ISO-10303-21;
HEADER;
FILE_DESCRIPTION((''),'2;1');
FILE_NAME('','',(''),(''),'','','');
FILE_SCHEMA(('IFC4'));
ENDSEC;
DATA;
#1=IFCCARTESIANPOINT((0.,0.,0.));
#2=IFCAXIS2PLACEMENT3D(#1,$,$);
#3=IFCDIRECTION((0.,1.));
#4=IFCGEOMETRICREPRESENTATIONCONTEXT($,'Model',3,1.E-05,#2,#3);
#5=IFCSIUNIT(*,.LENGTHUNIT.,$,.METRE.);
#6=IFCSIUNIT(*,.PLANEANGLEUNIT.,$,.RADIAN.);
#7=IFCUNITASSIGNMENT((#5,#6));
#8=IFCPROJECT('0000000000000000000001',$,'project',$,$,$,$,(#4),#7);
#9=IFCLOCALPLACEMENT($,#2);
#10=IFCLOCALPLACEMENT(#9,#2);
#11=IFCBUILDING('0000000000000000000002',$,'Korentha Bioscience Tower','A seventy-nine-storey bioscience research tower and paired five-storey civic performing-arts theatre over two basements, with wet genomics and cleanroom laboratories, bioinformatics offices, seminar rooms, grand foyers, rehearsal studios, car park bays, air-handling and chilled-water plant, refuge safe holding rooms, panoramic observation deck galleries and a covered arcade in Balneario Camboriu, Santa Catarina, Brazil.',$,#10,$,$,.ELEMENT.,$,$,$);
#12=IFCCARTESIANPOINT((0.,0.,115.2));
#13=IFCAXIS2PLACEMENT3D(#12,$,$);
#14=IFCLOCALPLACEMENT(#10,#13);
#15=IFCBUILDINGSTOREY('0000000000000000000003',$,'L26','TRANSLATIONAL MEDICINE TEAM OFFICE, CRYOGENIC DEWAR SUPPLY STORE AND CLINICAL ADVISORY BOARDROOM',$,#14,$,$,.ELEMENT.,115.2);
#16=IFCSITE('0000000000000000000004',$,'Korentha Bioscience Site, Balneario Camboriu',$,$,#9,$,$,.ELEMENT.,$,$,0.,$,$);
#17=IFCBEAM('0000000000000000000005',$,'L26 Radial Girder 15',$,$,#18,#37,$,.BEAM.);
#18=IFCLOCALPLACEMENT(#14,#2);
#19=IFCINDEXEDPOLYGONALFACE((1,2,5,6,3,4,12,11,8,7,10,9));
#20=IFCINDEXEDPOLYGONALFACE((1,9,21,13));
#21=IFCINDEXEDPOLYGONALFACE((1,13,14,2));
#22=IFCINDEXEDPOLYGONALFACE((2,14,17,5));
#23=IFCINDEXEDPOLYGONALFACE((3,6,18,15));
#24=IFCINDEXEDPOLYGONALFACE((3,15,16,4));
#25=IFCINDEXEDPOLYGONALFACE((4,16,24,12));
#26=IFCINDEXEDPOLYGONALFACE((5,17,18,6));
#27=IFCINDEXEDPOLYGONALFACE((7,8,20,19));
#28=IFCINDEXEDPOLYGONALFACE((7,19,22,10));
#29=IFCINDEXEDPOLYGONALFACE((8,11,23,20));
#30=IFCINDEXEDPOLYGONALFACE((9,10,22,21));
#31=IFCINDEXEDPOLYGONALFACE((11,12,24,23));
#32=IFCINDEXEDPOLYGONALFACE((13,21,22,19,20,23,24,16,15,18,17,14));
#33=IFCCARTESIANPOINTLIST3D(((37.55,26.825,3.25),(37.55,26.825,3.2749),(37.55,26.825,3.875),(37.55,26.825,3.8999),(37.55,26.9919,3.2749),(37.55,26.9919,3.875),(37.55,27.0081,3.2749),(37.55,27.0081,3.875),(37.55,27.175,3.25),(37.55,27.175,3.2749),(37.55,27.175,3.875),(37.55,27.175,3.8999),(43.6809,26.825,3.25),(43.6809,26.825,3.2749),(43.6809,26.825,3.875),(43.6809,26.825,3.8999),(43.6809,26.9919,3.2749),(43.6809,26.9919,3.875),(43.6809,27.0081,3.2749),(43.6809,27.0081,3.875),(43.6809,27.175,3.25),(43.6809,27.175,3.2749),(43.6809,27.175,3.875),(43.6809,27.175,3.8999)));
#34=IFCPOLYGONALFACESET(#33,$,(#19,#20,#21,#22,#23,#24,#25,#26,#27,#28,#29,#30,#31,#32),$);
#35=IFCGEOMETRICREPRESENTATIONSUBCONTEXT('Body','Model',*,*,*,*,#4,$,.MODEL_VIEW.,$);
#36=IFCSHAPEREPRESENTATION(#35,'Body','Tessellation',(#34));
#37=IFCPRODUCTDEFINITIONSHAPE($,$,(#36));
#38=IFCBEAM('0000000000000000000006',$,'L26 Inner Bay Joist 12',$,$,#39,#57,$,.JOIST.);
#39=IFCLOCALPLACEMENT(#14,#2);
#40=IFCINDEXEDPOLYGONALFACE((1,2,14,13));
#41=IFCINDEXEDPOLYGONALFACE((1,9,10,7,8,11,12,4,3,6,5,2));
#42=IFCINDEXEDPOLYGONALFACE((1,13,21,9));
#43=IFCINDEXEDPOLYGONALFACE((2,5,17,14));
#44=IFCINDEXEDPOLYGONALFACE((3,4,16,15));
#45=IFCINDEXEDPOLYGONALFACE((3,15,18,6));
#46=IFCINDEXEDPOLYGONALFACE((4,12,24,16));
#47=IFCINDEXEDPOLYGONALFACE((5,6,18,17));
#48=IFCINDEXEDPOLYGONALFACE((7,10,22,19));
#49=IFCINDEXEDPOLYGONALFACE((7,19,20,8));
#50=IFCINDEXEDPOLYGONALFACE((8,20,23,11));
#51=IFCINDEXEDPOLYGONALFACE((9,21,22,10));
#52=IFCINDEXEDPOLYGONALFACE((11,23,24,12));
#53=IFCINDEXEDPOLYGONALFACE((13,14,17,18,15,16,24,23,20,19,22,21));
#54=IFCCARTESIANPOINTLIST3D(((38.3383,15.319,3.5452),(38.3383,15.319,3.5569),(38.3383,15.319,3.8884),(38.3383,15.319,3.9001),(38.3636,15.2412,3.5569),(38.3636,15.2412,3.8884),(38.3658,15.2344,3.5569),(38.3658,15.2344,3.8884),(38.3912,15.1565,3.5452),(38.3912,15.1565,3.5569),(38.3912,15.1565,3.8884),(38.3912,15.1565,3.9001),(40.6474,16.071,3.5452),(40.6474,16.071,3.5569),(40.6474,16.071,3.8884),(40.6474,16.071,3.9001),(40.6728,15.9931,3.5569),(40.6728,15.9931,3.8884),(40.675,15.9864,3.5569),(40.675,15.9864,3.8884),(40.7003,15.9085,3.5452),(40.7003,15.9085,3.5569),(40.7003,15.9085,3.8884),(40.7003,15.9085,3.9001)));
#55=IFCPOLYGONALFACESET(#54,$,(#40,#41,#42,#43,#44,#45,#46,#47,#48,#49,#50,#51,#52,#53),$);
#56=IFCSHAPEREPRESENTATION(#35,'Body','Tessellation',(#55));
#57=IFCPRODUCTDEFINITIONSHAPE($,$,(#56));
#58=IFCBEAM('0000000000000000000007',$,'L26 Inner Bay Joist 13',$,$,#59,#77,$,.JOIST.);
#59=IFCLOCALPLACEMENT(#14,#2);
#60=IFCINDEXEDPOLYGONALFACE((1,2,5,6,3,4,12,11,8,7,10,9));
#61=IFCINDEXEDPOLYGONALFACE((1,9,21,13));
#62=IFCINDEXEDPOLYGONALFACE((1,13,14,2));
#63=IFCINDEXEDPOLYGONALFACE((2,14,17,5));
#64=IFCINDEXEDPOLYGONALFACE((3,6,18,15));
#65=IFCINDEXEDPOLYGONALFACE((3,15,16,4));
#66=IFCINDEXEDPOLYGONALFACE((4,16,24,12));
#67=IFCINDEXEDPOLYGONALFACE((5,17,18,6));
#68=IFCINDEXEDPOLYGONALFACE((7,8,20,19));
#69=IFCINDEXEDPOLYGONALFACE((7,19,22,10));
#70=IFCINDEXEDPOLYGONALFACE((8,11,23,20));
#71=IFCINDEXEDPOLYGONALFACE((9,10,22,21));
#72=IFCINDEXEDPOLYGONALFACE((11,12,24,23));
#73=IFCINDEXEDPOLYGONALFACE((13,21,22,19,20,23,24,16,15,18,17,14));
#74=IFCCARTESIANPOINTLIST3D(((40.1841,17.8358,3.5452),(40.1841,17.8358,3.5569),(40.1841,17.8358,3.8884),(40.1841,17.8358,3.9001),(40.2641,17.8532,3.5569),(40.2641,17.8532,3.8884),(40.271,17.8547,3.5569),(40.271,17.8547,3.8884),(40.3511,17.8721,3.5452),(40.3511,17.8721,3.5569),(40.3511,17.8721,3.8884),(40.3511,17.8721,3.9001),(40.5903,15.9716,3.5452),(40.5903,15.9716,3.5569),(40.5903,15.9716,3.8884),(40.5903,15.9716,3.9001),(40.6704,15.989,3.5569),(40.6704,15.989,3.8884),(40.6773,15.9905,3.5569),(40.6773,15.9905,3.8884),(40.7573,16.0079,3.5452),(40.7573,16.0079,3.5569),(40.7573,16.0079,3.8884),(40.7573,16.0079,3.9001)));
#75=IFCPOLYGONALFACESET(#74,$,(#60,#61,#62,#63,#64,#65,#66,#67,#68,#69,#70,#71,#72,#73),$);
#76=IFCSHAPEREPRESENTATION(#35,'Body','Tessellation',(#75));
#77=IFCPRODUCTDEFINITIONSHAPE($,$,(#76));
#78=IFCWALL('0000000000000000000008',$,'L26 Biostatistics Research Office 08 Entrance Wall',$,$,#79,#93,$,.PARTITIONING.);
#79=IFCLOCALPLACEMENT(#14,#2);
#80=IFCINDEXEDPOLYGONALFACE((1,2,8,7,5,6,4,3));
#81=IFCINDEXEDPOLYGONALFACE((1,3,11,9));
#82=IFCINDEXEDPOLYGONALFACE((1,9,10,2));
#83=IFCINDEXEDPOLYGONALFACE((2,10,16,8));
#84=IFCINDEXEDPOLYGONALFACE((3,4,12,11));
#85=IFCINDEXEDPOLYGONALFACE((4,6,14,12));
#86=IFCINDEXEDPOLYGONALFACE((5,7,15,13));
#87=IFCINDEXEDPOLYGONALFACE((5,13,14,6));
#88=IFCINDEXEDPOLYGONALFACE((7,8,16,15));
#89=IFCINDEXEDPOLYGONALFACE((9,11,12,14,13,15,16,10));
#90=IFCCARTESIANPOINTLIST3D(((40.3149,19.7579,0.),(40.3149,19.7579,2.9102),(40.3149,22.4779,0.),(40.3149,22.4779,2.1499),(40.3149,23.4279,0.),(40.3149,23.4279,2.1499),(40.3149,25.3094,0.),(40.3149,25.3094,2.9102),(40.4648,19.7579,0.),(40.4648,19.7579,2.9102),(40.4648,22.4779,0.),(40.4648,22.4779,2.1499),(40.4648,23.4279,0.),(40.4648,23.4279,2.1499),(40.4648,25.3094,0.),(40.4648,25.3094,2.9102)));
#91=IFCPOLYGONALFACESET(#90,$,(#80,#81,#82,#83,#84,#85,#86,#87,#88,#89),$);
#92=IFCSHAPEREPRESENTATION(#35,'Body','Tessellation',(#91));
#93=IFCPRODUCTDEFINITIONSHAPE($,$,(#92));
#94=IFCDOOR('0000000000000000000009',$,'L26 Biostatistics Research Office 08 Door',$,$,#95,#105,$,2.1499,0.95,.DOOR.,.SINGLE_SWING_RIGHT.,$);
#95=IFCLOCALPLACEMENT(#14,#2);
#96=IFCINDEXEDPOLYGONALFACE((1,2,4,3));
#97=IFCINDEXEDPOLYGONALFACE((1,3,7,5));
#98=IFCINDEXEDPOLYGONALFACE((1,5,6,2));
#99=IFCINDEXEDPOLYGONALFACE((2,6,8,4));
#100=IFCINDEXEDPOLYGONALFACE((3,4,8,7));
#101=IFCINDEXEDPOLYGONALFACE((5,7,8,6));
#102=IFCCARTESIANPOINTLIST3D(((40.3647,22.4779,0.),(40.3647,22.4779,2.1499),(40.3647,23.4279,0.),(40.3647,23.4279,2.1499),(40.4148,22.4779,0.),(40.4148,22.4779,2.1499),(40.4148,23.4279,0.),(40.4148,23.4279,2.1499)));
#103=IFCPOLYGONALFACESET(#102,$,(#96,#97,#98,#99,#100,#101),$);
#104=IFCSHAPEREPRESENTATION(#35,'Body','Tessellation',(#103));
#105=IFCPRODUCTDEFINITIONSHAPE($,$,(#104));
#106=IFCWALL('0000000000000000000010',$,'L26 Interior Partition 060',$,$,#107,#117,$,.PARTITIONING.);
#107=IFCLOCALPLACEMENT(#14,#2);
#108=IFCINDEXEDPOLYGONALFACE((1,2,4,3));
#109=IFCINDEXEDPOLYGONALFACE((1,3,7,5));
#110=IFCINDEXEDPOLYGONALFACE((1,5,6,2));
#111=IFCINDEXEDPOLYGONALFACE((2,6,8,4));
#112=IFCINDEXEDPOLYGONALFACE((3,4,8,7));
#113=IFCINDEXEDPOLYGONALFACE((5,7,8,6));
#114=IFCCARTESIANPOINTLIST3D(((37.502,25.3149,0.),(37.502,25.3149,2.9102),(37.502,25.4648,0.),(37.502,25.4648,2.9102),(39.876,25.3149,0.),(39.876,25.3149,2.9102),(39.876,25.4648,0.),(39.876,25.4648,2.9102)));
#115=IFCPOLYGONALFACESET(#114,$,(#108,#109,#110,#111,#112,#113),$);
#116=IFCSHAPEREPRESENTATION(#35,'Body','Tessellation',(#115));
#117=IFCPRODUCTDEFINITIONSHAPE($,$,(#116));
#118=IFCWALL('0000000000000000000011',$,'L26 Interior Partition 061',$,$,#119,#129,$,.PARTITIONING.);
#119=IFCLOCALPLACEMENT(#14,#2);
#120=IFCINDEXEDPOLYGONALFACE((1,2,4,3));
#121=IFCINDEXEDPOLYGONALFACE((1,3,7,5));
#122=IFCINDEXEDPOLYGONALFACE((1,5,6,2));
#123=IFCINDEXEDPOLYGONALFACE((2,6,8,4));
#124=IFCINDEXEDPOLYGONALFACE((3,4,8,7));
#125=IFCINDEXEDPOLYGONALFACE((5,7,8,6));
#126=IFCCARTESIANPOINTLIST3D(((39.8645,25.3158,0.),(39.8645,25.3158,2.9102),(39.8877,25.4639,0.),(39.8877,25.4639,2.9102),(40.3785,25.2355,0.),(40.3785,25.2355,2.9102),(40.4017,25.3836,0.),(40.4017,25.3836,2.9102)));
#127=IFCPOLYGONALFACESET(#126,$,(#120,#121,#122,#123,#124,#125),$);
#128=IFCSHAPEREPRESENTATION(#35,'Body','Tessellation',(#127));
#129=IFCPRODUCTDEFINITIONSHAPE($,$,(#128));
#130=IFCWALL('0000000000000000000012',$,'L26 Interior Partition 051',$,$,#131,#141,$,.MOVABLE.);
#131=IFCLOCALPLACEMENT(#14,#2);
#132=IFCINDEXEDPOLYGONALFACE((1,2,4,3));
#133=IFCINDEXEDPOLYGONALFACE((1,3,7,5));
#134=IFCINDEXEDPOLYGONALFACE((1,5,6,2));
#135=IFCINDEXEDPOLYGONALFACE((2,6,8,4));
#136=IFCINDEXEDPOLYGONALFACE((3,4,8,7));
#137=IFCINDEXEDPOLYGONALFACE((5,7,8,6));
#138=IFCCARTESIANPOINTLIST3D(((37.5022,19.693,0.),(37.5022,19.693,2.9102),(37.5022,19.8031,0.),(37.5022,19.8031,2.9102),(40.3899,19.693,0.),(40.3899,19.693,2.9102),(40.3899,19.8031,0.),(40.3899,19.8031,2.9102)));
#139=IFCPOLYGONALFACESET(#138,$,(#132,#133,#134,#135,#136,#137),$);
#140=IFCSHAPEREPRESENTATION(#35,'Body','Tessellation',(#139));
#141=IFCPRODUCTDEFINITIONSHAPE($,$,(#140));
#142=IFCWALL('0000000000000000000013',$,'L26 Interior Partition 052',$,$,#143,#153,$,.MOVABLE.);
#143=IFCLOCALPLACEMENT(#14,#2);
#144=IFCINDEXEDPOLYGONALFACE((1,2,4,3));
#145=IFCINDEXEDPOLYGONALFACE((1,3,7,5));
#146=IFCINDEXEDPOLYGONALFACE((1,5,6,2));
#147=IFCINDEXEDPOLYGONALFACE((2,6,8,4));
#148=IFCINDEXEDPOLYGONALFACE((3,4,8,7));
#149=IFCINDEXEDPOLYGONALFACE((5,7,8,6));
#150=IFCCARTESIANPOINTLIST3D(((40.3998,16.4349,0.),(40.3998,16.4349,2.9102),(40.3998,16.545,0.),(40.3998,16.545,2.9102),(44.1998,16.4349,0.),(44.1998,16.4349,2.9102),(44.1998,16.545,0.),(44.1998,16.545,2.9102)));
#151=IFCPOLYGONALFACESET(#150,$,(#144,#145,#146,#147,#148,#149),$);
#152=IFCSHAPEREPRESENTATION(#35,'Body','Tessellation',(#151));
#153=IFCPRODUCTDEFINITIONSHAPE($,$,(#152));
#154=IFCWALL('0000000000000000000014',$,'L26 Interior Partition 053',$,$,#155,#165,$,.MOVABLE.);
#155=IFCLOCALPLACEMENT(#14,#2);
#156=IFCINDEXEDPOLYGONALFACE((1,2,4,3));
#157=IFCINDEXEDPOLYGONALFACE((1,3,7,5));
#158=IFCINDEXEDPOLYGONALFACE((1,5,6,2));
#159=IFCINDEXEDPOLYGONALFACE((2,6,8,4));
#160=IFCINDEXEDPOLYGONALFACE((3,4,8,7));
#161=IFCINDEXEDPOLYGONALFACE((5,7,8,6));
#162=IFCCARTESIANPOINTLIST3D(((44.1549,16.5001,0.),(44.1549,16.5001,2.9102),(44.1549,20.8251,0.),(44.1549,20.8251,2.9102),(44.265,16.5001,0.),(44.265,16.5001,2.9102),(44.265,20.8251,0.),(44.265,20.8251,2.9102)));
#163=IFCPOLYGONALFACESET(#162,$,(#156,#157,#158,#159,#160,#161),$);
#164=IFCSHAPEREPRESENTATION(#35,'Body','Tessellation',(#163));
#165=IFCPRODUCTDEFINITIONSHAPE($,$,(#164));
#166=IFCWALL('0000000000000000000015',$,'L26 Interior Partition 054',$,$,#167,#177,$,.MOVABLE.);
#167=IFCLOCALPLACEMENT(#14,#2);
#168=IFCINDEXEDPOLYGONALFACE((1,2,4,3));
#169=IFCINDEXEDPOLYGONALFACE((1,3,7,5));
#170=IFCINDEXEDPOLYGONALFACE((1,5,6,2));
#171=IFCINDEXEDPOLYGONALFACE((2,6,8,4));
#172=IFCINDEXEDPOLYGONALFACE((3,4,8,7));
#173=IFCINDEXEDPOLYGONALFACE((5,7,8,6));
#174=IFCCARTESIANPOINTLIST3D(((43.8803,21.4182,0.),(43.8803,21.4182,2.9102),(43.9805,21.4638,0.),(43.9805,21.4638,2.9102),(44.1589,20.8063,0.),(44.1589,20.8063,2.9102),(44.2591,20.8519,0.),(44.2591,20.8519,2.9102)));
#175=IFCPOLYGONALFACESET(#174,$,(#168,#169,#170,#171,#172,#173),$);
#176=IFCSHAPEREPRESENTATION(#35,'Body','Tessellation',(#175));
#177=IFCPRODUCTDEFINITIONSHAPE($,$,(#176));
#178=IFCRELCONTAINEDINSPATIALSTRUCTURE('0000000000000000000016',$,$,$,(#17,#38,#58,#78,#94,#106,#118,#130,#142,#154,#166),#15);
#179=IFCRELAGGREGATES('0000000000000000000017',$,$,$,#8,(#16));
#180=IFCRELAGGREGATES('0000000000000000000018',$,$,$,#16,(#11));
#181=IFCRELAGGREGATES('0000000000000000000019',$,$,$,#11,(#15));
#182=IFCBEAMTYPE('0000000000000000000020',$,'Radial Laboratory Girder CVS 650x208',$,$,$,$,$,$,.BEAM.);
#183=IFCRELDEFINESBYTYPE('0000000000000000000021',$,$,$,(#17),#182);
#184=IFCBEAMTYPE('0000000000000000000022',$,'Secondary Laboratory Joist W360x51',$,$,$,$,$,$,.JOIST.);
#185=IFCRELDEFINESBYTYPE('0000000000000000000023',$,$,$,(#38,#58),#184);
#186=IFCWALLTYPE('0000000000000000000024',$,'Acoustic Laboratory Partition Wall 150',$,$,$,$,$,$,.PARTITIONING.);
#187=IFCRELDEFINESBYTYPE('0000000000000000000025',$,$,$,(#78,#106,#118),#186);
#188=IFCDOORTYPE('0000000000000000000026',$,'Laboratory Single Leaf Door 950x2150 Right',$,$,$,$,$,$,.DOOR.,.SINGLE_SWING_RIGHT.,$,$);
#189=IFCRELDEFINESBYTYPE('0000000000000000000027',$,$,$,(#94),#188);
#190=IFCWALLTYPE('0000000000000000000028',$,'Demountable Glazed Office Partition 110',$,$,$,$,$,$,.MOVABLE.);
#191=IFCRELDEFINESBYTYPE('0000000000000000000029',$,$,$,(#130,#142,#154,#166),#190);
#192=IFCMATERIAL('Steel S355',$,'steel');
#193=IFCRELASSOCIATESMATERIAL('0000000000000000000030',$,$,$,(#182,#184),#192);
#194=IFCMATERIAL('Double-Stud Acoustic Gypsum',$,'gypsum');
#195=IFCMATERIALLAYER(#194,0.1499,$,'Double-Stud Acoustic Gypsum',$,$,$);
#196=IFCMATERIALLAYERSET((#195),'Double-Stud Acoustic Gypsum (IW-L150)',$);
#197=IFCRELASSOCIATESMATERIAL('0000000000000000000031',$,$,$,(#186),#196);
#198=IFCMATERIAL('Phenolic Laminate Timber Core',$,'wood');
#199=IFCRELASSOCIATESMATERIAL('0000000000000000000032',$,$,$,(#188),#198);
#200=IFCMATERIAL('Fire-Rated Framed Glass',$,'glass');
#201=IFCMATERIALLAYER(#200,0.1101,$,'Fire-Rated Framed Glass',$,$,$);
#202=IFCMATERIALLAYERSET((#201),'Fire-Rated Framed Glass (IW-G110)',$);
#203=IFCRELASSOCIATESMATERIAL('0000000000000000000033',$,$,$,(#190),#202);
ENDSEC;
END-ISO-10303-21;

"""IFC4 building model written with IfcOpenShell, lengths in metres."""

from ifc_helpers import new_model, si_unit, direction, frame, frame_2d, origin, origin_2d, place, context, subcontext, project, spatial, rectangle, i_section, extrude, material, layer, layer_set, material_profile, profile_set, type_object, element, fill, save


model = new_model("IFC4")

# Units and contexts
model_context = context("Model", 3, precision=1e-05, world=origin(), true_north=direction((0.0, 1.0)))
body_context = subcontext(model_context, "Body", "Model", "MODEL_VIEW")
ifc_project = project(units=[si_unit("LENGTHUNIT", "METRE"), si_unit("PLANEANGLEUNIT", "RADIAN")], contexts=[model_context])

# Site, building, storey
site_placement = place(None, origin())
site = spatial("IfcSite", under=ifc_project, at=site_placement, Name="Korentha Bioscience Site, Balneario Camboriu", CompositionType="ELEMENT", RefElevation=0.0)
building_placement = place(site_placement, origin())
building = spatial("IfcBuilding", under=site, at=building_placement, Name="Korentha Bioscience Tower", Description="A seventy-nine-storey bioscience research tower and paired five-storey civic performing-arts theatre over two basements, with wet genomics and cleanroom laboratories, bioinformatics offices, seminar rooms, grand foyers, rehearsal studios, car park bays, air-handling and chilled-water plant, refuge safe holding rooms, panoramic observation deck galleries and a covered arcade in Balneario Camboriu, Santa Catarina, Brazil.", CompositionType="ELEMENT")
storey_placement = place(building_placement, frame((0.0, 0.0, 115.2)))
storey = spatial("IfcBuildingStorey", under=building, at=storey_placement, Name="L26", Description="TRANSLATIONAL MEDICINE TEAM OFFICE, CRYOGENIC DEWAR SUPPLY STORE AND CLINICAL ADVISORY BOARDROOM", CompositionType="ELEMENT", Elevation=115.2)

# Beams
ifc_material_1 = material(Name="Steel S355", Category="steel")
ifc_material_profile_1 = material_profile(ifc_material_1, i_section(OverallWidth=0.3501, OverallDepth=0.6499, WebThickness=0.0161, FlangeThickness=0.0249, at=origin_2d()), Name="Steel S355")
ifc_profile_set_1 = profile_set([ifc_material_profile_1], Name="Steel S355 (RB-650)")
beam_type_1 = type_object("IfcBeamType", Name="Radial Laboratory Girder CVS 650x208", PredefinedType="BEAM", material=ifc_profile_set_1)
beam_1_placement = place(storey_placement, frame((37.55, 27.0, 3.575), z_axis=(1.0, 0.0, 0.0), x_axis=(0.0, 1.0, 0.0)))
element("IfcBeam", 1, at=beam_1_placement, inside=storey, type_object=beam_type_1, Name="L26 Radial Girder 15", PredefinedType="BEAM", context=body_context, shape_type="SweptSolid", body=[
    extrude(i_section(OverallWidth=0.3501, OverallDepth=0.6499, WebThickness=0.0161, FlangeThickness=0.0249, at=origin_2d()), origin(), (0.0, 0.0, 1.0), 6.1309),
])
ifc_material_profile_2 = material_profile(ifc_material_1, i_section(OverallWidth=0.1709, OverallDepth=0.355, WebThickness=0.0071, FlangeThickness=0.0117, at=origin_2d()), Name="Steel S355")
ifc_profile_set_2 = profile_set([ifc_material_profile_2], Name="Steel S355 (JB-360)")
beam_type_2 = type_object("IfcBeamType", Name="Secondary Laboratory Joist W360x51", PredefinedType="JOIST", material=ifc_profile_set_2)
beam_2_placement = place(storey_placement, frame((38.3647, 15.2378, 3.7227), z_axis=(0.950852, 0.309645, 0.0), x_axis=(-0.309645, 0.950852, 0.0)))
element("IfcBeam", 2, at=beam_2_placement, inside=storey, type_object=beam_type_2, Name="L26 Inner Bay Joist 12", PredefinedType="JOIST", context=body_context, shape_type="SweptSolid", body=[
    extrude(i_section(OverallWidth=0.1709, OverallDepth=0.355, WebThickness=0.0071, FlangeThickness=0.0117, at=origin_2d()), origin(), (0.0, 0.0, 1.0), 2.4285),
])
beam_3_placement = place(storey_placement, frame((40.6738, 15.9897, 3.7227), z_axis=(-0.212918, 0.97707, 0.0), x_axis=(-0.97707, -0.212918, 0.0)))
element("IfcBeam", 3, at=beam_3_placement, inside=storey, type_object=beam_type_2, Name="L26 Inner Bay Joist 13", PredefinedType="JOIST", context=body_context, shape_type="SweptSolid", body=[
    extrude(i_section(OverallWidth=0.1709, OverallDepth=0.355, WebThickness=0.0071, FlangeThickness=0.0117, at=origin_2d()), origin(), (0.0, 0.0, 1.0), 1.908),
])

# Wall, opening, door
ifc_material_2 = material(Name="Double-Stud Acoustic Gypsum", Category="gypsum")
ifc_layer_1 = layer(ifc_material_2, 0.1499, Name="Double-Stud Acoustic Gypsum")
ifc_layer_set_1 = layer_set([ifc_layer_1], Name="Double-Stud Acoustic Gypsum (IW-L150)")
wall_type_1 = type_object("IfcWallType", Name="Acoustic Laboratory Partition Wall 150", PredefinedType="PARTITIONING", material=ifc_layer_set_1)
wall_1_placement = place(storey_placement, frame((40.3899, 25.3096, 0.0), z_axis=(0.0, 0.0, 1.0), x_axis=(0.0, -1.0, 0.0)))
wall_1 = element("IfcWall", 4, at=wall_1_placement, inside=storey, type_object=wall_type_1, Name="L26 Biostatistics Research Office 08 Entrance Wall", PredefinedType="PARTITIONING", context=body_context, shape_type="SweptSolid", body=[
    extrude(rectangle(XDim=5.5515, YDim=0.1499, at=frame_2d((2.7759, 0.0))), origin(), (0.0, 0.0, 1.0), 2.9102),
])
opening_1_placement = place(wall_1_placement, frame((1.8816, 0.0, 0.0)))
opening_1 = element("IfcOpeningElement", 5, at=opening_1_placement, cuts=wall_1, PredefinedType="OPENING", context=body_context, shape_type="SweptSolid", body=[
    extrude(rectangle(XDim=0.95, YDim=2.1499, at=frame_2d((0.4751, 1.075))), frame((0.0, 0.0898, 0.0), z_axis=(0.0, -1.0, 0.0), x_axis=(1.0, 0.0, 0.0)), (0.0, 0.0, 1.0), 0.1797),
])
ifc_material_3 = material(Name="Phenolic Laminate Timber Core", Category="wood")
door_type_1 = type_object("IfcDoorType", Name="Laboratory Single Leaf Door 950x2150 Right", OperationType="SINGLE_SWING_RIGHT", PredefinedType="DOOR", material=ifc_material_3)
door_1_placement = place(opening_1_placement, origin())
door_1 = element("IfcDoor", 6, at=door_1_placement, inside=storey, type_object=door_type_1, Name="L26 Biostatistics Research Office 08 Door", OperationType="SINGLE_SWING_RIGHT", OverallHeight=2.1499, OverallWidth=0.95, PredefinedType="DOOR", context=body_context, shape_type="SweptSolid", body=[
    extrude(rectangle(XDim=0.95, YDim=2.1499, at=frame_2d((0.4751, 1.075))), frame((0.0, 0.0249, 0.0), z_axis=(0.0, -1.0, 0.0), x_axis=(1.0, 0.0, 0.0)), (0.0, 0.0, 1.0), 0.05),
])
fill(opening_1, door_1)

# Walls
wall_2_placement = place(storey_placement, frame((37.502, 25.3899, 0.0), z_axis=(0.0, 0.0, 1.0), x_axis=(1.0, 0.0, 0.0)))
element("IfcWall", 7, at=wall_2_placement, inside=storey, type_object=wall_type_1, Name="L26 Interior Partition 060", PredefinedType="PARTITIONING", context=body_context, shape_type="SweptSolid", body=[
    extrude(rectangle(XDim=2.374, YDim=0.1499, at=frame_2d((1.187, 0.0))), origin(), (0.0, 0.0, 1.0), 2.9102),
])
wall_3_placement = place(storey_placement, frame((39.876, 25.3899, 0.0), z_axis=(0.0, 0.0, 1.0), x_axis=(0.988005, -0.15442, 0.0)))
element("IfcWall", 8, at=wall_3_placement, inside=storey, type_object=wall_type_1, Name="L26 Interior Partition 061", PredefinedType="PARTITIONING", context=body_context, shape_type="SweptSolid", body=[
    extrude(rectangle(XDim=0.5203, YDim=0.1499, at=frame_2d((0.2603, 0.0))), origin(), (0.0, 0.0, 1.0), 2.9102),
])

# Shared definitions
ifc_material_4 = material(Name="Fire-Rated Framed Glass", Category="glass")
ifc_layer_2 = layer(ifc_material_4, 0.1101, Name="Fire-Rated Framed Glass")
ifc_layer_set_2 = layer_set([ifc_layer_2], Name="Fire-Rated Framed Glass (IW-G110)")
wall_type_2 = type_object("IfcWallType", Name="Demountable Glazed Office Partition 110", PredefinedType="MOVABLE", material=ifc_layer_set_2)

# Walls
wall_4_placement = place(storey_placement, frame((37.5022, 19.748, 0.0), z_axis=(0.0, 0.0, 1.0), x_axis=(1.0, 0.0, 0.0)))
element("IfcWall", 9, at=wall_4_placement, inside=storey, type_object=wall_type_2, Name="L26 Interior Partition 051", PredefinedType="MOVABLE", context=body_context, shape_type="SweptSolid", body=[
    extrude(rectangle(XDim=2.8877, YDim=0.1101, at=frame_2d((1.4438, 0.0))), origin(), (0.0, 0.0, 1.0), 2.9102),
])
wall_5_placement = place(storey_placement, frame((40.3999, 16.49, 0.0), z_axis=(0.0, 0.0, 1.0), x_axis=(1.0, 0.0, 0.0)))
element("IfcWall", 10, at=wall_5_placement, inside=storey, type_object=wall_type_2, Name="L26 Interior Partition 052", PredefinedType="MOVABLE", context=body_context, shape_type="SweptSolid", body=[
    extrude(rectangle(XDim=3.8, YDim=0.1101, at=frame_2d((1.8999, 0.0))), origin(), (0.0, 0.0, 1.0), 2.9102),
])
wall_6_placement = place(storey_placement, frame((44.21, 16.5, 0.0), z_axis=(0.0, 0.0, 1.0), x_axis=(0.0, 1.0, 0.0)))
element("IfcWall", 11, at=wall_6_placement, inside=storey, type_object=wall_type_2, Name="L26 Interior Partition 053", PredefinedType="MOVABLE", context=body_context, shape_type="SweptSolid", body=[
    extrude(rectangle(XDim=4.325, YDim=0.1101, at=frame_2d((2.1626, 0.0))), origin(), (0.0, 0.0, 1.0), 2.9102),
])
wall_7_placement = place(storey_placement, frame((44.209, 20.8291, 0.0), z_axis=(0.0, 0.0, 1.0), x_axis=(-0.414377, 0.910105, 0.0)))
element("IfcWall", 12, at=wall_7_placement, inside=storey, type_object=wall_type_2, Name="L26 Interior Partition 054", PredefinedType="MOVABLE", context=body_context, shape_type="SweptSolid", body=[
    extrude(rectangle(XDim=0.6724, YDim=0.1101, at=frame_2d((0.3362, 0.0))), origin(), (0.0, 0.0, 1.0), 2.9102),
])

save(model, "model.ifc")
